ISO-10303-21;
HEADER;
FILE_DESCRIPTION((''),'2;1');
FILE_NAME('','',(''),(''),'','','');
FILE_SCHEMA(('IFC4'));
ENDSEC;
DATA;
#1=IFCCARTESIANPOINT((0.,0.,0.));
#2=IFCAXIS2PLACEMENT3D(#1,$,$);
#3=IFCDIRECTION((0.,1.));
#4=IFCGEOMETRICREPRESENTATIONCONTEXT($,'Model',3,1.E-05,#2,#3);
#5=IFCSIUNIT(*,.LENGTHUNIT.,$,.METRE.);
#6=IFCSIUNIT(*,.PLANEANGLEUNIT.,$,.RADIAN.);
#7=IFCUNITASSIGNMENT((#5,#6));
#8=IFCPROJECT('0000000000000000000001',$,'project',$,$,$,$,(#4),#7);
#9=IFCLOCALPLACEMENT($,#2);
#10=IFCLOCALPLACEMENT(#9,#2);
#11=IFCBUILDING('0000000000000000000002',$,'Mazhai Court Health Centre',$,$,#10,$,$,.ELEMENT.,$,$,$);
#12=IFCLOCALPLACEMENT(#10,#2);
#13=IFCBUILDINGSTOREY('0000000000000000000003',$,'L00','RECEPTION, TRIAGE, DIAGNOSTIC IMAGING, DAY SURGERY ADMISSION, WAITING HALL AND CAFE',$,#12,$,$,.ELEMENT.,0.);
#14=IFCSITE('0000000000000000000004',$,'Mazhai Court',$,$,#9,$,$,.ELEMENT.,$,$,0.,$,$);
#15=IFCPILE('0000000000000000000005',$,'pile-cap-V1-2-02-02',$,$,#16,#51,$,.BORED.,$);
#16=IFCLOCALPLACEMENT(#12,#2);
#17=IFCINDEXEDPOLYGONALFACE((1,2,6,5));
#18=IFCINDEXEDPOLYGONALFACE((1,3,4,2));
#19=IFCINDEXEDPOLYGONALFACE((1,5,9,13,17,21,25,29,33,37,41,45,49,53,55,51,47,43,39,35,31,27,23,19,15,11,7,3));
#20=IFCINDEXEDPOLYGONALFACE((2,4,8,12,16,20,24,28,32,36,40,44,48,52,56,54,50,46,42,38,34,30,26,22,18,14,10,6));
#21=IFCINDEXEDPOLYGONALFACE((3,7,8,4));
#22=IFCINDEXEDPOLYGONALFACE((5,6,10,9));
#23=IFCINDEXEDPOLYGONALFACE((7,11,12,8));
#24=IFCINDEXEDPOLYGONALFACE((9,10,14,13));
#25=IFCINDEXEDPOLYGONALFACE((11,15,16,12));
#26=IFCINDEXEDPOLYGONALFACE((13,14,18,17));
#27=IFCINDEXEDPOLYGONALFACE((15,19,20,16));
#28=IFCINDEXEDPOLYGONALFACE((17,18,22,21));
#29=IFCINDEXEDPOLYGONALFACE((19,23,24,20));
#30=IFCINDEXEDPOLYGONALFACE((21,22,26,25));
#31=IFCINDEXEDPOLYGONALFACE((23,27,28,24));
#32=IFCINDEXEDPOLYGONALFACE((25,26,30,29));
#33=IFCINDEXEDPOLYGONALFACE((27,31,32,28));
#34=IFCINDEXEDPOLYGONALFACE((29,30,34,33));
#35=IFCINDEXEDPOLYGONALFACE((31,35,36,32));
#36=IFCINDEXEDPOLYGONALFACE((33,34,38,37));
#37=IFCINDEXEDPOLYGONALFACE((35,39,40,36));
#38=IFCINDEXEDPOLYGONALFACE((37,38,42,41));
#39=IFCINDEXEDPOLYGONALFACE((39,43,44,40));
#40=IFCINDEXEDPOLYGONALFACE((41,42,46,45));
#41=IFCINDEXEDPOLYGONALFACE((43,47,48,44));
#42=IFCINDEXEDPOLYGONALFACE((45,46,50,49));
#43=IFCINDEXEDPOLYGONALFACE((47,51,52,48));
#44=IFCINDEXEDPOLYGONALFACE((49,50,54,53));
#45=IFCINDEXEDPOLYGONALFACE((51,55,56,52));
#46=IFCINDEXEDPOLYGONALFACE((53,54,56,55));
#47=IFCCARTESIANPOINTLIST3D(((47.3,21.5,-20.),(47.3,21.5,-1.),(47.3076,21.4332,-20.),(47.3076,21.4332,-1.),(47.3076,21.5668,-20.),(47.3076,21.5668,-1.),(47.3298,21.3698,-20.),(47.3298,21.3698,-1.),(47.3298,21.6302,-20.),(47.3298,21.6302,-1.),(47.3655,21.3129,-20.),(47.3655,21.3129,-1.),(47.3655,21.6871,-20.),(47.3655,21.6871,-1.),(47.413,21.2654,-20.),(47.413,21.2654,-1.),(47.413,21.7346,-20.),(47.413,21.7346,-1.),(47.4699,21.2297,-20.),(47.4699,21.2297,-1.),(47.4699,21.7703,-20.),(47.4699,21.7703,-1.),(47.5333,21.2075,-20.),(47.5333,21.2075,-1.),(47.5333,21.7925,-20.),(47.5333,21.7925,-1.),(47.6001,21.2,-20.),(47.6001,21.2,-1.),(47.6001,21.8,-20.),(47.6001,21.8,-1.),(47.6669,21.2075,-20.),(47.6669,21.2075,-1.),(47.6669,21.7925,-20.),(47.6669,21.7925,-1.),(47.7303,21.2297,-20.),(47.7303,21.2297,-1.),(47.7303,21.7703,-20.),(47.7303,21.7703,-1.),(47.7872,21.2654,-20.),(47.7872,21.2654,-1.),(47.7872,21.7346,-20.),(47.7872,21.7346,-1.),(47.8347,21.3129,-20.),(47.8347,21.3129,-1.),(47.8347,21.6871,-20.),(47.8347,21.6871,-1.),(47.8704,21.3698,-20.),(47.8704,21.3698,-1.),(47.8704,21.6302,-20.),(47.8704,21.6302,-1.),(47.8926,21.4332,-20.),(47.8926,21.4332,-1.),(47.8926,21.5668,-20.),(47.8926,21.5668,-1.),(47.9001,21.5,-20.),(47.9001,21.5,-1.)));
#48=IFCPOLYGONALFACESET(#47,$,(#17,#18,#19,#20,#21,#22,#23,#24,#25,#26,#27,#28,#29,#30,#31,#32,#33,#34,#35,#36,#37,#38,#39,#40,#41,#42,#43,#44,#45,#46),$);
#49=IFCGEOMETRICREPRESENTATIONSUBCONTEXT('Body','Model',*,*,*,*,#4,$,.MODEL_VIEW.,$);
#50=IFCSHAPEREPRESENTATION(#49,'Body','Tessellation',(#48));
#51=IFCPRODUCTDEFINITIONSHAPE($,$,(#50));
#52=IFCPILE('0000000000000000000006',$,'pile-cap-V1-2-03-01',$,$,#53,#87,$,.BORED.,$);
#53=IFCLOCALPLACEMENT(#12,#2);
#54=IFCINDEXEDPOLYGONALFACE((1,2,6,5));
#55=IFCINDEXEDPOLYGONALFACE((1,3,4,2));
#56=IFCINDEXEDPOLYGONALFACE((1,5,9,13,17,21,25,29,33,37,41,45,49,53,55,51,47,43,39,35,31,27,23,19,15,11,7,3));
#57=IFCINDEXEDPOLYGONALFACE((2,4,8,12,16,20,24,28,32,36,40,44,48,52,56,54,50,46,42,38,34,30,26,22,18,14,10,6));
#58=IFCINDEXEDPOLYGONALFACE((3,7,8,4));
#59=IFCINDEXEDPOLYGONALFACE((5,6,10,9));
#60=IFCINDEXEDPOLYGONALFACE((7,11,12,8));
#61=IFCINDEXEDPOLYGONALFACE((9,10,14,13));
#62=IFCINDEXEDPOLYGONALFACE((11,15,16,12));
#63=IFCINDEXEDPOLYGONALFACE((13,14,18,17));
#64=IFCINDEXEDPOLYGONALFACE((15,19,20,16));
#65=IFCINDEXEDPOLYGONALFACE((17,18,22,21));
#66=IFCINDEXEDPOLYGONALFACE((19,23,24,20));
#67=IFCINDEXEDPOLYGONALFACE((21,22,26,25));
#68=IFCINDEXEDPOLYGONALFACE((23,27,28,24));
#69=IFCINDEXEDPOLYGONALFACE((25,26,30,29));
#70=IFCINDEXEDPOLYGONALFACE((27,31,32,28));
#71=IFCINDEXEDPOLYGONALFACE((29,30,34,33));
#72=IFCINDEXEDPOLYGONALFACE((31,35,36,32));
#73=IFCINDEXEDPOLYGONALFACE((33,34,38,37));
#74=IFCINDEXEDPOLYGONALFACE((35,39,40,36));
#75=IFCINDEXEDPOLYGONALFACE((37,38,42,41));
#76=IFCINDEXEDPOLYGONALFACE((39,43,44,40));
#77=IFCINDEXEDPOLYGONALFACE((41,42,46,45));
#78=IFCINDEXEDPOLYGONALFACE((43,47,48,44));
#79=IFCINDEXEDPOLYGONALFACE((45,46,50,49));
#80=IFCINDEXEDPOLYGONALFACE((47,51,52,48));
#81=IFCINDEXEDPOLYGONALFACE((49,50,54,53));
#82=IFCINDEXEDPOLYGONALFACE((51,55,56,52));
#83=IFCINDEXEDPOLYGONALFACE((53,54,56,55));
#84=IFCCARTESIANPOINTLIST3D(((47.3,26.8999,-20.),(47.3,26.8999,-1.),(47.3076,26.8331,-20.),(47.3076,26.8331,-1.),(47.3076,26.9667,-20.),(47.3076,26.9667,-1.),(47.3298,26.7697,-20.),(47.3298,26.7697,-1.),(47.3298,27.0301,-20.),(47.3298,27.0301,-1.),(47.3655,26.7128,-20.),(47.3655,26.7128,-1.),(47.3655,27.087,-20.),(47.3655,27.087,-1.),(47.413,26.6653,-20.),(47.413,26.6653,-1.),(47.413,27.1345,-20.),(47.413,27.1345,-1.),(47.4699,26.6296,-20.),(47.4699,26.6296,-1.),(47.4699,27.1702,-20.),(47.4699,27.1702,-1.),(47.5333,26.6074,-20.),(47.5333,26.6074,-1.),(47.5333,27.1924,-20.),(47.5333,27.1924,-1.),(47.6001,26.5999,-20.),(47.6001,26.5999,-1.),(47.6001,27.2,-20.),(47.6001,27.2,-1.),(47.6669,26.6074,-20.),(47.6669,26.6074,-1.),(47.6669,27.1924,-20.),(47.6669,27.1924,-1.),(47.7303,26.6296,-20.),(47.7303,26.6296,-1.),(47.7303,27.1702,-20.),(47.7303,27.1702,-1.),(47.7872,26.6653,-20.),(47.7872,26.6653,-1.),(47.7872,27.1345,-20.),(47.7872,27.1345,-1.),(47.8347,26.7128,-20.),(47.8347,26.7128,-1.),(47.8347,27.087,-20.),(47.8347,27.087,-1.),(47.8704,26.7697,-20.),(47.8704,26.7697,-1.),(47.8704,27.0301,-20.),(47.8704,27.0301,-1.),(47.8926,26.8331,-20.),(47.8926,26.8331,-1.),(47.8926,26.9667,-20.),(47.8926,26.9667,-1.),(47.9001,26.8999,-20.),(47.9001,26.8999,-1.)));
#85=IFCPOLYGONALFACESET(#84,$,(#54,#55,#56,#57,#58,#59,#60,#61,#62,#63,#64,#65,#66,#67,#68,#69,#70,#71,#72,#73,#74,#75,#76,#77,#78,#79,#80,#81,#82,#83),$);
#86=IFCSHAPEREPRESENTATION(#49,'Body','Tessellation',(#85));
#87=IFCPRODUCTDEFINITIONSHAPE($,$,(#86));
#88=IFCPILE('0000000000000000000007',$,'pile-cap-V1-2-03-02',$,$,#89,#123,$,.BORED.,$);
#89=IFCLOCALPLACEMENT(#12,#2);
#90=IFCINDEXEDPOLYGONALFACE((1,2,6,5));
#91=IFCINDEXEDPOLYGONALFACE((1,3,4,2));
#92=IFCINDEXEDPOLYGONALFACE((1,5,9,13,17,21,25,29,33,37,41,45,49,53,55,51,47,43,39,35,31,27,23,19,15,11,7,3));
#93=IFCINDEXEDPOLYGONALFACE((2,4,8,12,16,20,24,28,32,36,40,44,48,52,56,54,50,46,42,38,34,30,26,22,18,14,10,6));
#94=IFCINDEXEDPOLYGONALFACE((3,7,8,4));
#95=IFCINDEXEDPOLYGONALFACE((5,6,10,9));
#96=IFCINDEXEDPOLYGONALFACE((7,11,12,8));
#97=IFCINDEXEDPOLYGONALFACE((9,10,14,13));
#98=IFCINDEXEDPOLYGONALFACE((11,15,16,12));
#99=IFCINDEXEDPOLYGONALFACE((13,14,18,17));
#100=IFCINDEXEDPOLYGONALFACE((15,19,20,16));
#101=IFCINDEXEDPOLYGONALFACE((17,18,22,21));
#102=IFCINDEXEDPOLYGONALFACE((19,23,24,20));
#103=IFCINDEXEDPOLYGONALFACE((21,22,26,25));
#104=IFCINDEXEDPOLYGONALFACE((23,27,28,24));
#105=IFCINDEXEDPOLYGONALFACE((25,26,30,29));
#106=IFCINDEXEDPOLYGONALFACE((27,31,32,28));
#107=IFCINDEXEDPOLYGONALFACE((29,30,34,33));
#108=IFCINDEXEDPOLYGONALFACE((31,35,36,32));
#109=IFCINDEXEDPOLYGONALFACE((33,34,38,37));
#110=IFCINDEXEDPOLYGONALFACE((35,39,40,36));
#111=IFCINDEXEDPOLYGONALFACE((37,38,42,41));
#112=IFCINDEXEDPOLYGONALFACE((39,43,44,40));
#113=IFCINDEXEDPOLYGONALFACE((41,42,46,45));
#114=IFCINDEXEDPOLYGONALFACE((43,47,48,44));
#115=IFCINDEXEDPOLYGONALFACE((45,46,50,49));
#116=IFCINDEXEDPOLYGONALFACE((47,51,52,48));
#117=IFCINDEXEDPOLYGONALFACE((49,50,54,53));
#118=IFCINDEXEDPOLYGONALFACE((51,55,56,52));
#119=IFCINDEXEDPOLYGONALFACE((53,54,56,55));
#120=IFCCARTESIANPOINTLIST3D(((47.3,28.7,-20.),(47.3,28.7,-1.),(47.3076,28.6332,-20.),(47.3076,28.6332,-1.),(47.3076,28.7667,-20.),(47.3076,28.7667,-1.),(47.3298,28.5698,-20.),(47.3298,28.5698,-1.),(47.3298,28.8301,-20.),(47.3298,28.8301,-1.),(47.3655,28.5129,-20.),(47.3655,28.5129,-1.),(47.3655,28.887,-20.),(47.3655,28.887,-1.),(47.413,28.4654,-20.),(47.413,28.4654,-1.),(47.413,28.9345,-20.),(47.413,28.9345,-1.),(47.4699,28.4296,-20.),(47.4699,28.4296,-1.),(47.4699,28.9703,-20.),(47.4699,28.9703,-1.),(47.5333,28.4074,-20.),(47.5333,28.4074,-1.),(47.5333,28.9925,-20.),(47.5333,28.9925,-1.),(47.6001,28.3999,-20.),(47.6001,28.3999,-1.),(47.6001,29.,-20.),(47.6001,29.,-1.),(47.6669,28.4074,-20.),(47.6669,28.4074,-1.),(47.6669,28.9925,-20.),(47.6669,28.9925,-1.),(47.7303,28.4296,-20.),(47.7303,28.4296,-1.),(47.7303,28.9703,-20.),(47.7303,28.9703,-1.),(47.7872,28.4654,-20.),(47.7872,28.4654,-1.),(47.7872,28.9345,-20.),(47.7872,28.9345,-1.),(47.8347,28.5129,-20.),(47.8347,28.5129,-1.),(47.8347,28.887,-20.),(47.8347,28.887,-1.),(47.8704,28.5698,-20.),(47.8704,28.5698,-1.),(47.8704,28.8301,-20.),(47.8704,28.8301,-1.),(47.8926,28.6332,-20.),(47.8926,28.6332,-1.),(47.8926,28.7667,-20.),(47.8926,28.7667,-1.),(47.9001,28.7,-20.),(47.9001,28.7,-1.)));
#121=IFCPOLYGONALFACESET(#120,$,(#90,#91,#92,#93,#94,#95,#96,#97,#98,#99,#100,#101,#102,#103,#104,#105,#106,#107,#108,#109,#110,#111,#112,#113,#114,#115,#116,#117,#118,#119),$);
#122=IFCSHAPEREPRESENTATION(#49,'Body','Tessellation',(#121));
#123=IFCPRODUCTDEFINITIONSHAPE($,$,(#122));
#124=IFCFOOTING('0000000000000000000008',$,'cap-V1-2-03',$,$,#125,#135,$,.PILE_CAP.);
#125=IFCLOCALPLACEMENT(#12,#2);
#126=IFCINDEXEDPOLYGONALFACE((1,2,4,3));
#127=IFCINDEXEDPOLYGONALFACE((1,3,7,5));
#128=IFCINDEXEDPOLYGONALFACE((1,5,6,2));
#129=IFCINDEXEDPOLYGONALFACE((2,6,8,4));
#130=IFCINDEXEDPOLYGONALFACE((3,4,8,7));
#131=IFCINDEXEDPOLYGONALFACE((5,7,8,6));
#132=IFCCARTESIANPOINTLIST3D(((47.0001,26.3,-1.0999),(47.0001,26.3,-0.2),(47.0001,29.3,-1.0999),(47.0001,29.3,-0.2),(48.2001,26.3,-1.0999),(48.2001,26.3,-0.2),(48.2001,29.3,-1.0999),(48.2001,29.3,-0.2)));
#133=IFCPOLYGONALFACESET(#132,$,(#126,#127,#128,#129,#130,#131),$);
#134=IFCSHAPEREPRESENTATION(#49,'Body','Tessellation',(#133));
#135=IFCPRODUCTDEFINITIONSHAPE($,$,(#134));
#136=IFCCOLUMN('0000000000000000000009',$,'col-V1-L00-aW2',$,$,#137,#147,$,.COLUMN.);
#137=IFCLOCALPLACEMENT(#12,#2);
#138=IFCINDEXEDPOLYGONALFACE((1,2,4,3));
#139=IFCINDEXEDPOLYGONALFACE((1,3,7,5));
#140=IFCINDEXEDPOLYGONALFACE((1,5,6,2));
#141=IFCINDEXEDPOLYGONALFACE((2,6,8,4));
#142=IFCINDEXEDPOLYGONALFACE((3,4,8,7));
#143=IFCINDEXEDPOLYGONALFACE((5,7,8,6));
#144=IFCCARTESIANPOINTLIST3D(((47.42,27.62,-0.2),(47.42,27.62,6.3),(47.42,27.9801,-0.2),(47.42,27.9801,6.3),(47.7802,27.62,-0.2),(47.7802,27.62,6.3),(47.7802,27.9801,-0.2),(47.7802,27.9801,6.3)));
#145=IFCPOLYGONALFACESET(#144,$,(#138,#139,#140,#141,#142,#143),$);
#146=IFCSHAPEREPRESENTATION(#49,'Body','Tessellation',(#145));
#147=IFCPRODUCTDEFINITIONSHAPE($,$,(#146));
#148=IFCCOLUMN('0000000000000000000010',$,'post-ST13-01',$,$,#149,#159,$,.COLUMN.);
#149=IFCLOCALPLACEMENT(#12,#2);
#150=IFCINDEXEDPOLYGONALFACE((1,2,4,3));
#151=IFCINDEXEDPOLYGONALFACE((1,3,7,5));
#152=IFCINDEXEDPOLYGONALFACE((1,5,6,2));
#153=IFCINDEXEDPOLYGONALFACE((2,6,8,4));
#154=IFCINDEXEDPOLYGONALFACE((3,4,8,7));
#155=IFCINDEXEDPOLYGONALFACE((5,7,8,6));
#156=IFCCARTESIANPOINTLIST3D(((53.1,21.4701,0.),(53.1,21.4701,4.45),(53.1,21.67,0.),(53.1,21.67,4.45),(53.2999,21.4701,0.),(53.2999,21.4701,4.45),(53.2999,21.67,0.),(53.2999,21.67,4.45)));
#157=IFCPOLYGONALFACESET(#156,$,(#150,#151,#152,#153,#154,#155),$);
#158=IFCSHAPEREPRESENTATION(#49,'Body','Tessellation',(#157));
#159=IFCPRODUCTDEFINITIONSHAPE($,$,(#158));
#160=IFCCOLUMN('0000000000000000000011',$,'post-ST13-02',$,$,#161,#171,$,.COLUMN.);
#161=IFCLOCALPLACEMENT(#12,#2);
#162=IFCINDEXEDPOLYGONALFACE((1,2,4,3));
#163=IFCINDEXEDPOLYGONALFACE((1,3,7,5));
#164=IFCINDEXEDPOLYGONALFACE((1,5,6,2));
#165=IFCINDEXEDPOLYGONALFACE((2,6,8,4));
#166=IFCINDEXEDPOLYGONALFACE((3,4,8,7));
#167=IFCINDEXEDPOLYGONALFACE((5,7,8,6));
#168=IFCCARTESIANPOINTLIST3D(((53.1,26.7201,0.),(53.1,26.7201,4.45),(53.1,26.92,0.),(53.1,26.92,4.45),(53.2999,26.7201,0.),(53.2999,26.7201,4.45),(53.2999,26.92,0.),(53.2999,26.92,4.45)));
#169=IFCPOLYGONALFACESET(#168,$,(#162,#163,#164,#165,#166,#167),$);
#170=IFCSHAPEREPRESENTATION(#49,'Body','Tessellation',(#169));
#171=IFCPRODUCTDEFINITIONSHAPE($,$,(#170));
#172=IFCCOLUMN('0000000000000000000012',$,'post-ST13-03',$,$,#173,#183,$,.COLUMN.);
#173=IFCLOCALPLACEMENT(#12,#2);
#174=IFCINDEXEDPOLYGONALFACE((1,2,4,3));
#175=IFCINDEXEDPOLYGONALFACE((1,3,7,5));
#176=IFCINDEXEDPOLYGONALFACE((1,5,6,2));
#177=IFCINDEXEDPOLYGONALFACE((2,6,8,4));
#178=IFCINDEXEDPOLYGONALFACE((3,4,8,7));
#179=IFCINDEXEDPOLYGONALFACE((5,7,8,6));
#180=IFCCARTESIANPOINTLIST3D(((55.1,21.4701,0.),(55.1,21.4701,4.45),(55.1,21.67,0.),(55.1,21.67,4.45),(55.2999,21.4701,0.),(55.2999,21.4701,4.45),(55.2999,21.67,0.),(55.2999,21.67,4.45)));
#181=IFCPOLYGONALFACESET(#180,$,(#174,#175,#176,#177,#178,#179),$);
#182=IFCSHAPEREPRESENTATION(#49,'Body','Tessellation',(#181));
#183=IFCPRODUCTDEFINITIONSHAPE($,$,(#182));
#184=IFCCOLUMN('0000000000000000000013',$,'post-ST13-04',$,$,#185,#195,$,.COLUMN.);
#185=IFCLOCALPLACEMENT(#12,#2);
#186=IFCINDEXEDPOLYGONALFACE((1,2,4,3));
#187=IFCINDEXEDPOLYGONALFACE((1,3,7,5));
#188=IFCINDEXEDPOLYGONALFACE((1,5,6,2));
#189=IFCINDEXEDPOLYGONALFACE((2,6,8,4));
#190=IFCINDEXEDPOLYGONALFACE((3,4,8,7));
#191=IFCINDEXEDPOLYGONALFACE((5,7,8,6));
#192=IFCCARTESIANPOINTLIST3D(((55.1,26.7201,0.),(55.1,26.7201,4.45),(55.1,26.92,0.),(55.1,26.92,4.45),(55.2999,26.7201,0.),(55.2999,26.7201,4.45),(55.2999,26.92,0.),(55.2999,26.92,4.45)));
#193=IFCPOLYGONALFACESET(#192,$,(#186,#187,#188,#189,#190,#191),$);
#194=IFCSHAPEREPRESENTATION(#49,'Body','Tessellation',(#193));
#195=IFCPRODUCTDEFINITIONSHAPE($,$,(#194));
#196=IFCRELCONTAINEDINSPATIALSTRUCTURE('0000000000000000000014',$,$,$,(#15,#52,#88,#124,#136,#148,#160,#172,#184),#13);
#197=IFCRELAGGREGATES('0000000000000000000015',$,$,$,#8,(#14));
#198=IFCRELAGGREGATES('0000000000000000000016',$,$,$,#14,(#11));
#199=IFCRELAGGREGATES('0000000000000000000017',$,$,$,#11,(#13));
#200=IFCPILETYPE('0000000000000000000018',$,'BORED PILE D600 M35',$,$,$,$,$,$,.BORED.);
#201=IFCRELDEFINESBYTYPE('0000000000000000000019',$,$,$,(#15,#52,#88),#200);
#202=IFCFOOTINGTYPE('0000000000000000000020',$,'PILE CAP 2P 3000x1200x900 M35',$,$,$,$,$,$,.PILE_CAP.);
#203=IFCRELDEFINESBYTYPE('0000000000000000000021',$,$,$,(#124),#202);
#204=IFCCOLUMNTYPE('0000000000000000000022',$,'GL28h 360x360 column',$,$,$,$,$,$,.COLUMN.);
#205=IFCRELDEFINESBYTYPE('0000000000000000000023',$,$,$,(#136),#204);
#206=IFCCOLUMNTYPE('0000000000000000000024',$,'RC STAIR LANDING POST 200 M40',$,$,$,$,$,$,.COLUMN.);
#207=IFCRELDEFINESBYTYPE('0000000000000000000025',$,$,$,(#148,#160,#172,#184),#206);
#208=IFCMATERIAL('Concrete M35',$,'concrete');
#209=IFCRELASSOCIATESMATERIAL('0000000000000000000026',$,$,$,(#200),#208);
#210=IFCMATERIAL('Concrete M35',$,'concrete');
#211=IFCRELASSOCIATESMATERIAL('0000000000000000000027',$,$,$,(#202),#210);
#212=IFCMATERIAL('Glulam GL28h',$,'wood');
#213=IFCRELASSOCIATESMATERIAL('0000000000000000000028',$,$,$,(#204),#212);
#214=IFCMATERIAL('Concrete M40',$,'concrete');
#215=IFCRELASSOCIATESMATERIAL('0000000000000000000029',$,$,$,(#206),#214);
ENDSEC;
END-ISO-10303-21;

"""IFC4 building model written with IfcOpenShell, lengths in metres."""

from ifc_helpers import new_model, si_unit, direction, frame, origin, origin_2d, place, context, subcontext, project, spatial, rectangle, circle, extrude, material, material_profile, profile_set, type_object, element, save


model = new_model("IFC4")

# Units and contexts
model_context = context("Model", 3, precision=1e-05, world=origin(), true_north=direction((0.0, 1.0)))
body_context = subcontext(model_context, "Body", "Model", "MODEL_VIEW")
ifc_project = project(units=[si_unit("LENGTHUNIT", "METRE"), si_unit("PLANEANGLEUNIT", "RADIAN")], contexts=[model_context])

# Site, building, storey
site_placement = place(None, origin())
site = spatial("IfcSite", under=ifc_project, at=site_placement, Name="Mazhai Court", CompositionType="ELEMENT", RefElevation=0.0)
building_placement = place(site_placement, origin())
building = spatial("IfcBuilding", under=site, at=building_placement, Name="Mazhai Court Health Centre", CompositionType="ELEMENT")
storey_placement = place(building_placement, origin())
storey = spatial("IfcBuildingStorey", under=building, at=storey_placement, Name="L00", Description="RECEPTION, TRIAGE, DIAGNOSTIC IMAGING, DAY SURGERY ADMISSION, WAITING HALL AND CAFE", CompositionType="ELEMENT", Elevation=0.0)

# Piles
ifc_material_1 = material(Name="Concrete M35", Category="concrete")
ifc_material_profile_1 = material_profile(ifc_material_1, circle(Radius=0.3, at=origin_2d()), Name="RC PILE D600")
ifc_profile_set_1 = profile_set([ifc_material_profile_1], Name="Concrete M35")
pile_type = type_object("IfcPileType", Name="BORED PILE D600 M35", PredefinedType="BORED", material=ifc_profile_set_1)
for number, where, z_axis, x_axis, name in (
    (1, (47.6001, 21.5, -1.0), (0.0, 0.0, -1.0), (1.0, 0.0, 0.0), "pile-cap-V1-2-02-02"),
    (2, (47.6001, 26.8999, -1.0), (0.0, 0.0, -1.0), (1.0, 0.0, 0.0), "pile-cap-V1-2-03-01"),
    (3, (47.6001, 28.7, -1.0), (0.0, 0.0, -1.0), (1.0, 0.0, 0.0), "pile-cap-V1-2-03-02"),
):
    element("IfcPile", number, at=place(storey_placement, frame(where, z_axis=z_axis, x_axis=x_axis)), inside=storey, type_object=pile_type, Name=name, PredefinedType="BORED", context=body_context, shape_type="SweptSolid", body=[
        extrude(circle(Radius=0.3, at=origin_2d()), origin(), (0.0, 0.0, 1.0), 19.0),
    ])

# Footing
ifc_material_2 = material(Name="Concrete M35", Category="concrete")
footing_type = type_object("IfcFootingType", Name="PILE CAP 2P 3000x1200x900 M35", PredefinedType="PILE_CAP", material=ifc_material_2)
footing_placement = place(storey_placement, frame((47.6001, 27.8, -1.0999), z_axis=(0.0, 0.0, 1.0), x_axis=(1.0, 0.0, 0.0)))
element("IfcFooting", 4, at=footing_placement, inside=storey, type_object=footing_type, Name="cap-V1-2-03", PredefinedType="PILE_CAP", context=body_context, shape_type="SweptSolid", body=[
    extrude(rectangle(XDim=1.2, YDim=3.0, at=origin_2d()), origin(), (0.0, 0.0, 1.0), 0.8999),
])

# Columns
ifc_material_3 = material(Name="Glulam GL28h", Category="wood")
ifc_material_profile_2 = material_profile(ifc_material_3, rectangle(XDim=0.3601, YDim=0.3601, at=origin_2d()), Name="GL28h 360x360")
ifc_profile_set_2 = profile_set([ifc_material_profile_2], Name="Glulam GL28h")
column_type_1 = type_object("IfcColumnType", Name="GL28h 360x360 column", PredefinedType="COLUMN", material=ifc_profile_set_2)
column_placement = place(storey_placement, frame((47.6001, 27.8, -0.2), z_axis=(0.0, 0.0, 1.0), x_axis=(1.0, 0.0, 0.0)))
element("IfcColumn", 5, at=column_placement, inside=storey, type_object=column_type_1, Name="col-V1-L00-aW2", PredefinedType="COLUMN", context=body_context, shape_type="SweptSolid", body=[
    extrude(rectangle(XDim=0.3601, YDim=0.3601, at=origin_2d()), origin(), (0.0, 0.0, 1.0), 6.5),
])
ifc_material_4 = material(Name="Concrete M40", Category="concrete")
ifc_material_profile_3 = material_profile(ifc_material_4, rectangle(XDim=0.2, YDim=0.2, at=origin_2d()), Name="RC 200x200")
ifc_profile_set_3 = profile_set([ifc_material_profile_3], Name="Concrete M40")
column_type_2 = type_object("IfcColumnType", Name="RC STAIR LANDING POST 200 M40", PredefinedType="COLUMN", material=ifc_profile_set_3)
for number, where, z_axis, x_axis, name in (
    (6, (53.2, 21.5701, 0.0), (0.0, 0.0, 1.0), (1.0, 0.0, 0.0), "post-ST13-01"),
    (7, (53.2, 26.8201, 0.0), (0.0, 0.0, 1.0), (1.0, 0.0, 0.0), "post-ST13-02"),
    (8, (55.2, 21.5701, 0.0), (0.0, 0.0, 1.0), (1.0, 0.0, 0.0), "post-ST13-03"),
    (9, (55.2, 26.8201, 0.0), (0.0, 0.0, 1.0), (1.0, 0.0, 0.0), "post-ST13-04"),
):
    element("IfcColumn", number, at=place(storey_placement, frame(where, z_axis=z_axis, x_axis=x_axis)), inside=storey, type_object=column_type_2, Name=name, PredefinedType="COLUMN", context=body_context, shape_type="SweptSolid", body=[
        extrude(rectangle(XDim=0.2, YDim=0.2, at=origin_2d()), origin(), (0.0, 0.0, 1.0), 4.45),
    ])

save(model, "model.ifc")
